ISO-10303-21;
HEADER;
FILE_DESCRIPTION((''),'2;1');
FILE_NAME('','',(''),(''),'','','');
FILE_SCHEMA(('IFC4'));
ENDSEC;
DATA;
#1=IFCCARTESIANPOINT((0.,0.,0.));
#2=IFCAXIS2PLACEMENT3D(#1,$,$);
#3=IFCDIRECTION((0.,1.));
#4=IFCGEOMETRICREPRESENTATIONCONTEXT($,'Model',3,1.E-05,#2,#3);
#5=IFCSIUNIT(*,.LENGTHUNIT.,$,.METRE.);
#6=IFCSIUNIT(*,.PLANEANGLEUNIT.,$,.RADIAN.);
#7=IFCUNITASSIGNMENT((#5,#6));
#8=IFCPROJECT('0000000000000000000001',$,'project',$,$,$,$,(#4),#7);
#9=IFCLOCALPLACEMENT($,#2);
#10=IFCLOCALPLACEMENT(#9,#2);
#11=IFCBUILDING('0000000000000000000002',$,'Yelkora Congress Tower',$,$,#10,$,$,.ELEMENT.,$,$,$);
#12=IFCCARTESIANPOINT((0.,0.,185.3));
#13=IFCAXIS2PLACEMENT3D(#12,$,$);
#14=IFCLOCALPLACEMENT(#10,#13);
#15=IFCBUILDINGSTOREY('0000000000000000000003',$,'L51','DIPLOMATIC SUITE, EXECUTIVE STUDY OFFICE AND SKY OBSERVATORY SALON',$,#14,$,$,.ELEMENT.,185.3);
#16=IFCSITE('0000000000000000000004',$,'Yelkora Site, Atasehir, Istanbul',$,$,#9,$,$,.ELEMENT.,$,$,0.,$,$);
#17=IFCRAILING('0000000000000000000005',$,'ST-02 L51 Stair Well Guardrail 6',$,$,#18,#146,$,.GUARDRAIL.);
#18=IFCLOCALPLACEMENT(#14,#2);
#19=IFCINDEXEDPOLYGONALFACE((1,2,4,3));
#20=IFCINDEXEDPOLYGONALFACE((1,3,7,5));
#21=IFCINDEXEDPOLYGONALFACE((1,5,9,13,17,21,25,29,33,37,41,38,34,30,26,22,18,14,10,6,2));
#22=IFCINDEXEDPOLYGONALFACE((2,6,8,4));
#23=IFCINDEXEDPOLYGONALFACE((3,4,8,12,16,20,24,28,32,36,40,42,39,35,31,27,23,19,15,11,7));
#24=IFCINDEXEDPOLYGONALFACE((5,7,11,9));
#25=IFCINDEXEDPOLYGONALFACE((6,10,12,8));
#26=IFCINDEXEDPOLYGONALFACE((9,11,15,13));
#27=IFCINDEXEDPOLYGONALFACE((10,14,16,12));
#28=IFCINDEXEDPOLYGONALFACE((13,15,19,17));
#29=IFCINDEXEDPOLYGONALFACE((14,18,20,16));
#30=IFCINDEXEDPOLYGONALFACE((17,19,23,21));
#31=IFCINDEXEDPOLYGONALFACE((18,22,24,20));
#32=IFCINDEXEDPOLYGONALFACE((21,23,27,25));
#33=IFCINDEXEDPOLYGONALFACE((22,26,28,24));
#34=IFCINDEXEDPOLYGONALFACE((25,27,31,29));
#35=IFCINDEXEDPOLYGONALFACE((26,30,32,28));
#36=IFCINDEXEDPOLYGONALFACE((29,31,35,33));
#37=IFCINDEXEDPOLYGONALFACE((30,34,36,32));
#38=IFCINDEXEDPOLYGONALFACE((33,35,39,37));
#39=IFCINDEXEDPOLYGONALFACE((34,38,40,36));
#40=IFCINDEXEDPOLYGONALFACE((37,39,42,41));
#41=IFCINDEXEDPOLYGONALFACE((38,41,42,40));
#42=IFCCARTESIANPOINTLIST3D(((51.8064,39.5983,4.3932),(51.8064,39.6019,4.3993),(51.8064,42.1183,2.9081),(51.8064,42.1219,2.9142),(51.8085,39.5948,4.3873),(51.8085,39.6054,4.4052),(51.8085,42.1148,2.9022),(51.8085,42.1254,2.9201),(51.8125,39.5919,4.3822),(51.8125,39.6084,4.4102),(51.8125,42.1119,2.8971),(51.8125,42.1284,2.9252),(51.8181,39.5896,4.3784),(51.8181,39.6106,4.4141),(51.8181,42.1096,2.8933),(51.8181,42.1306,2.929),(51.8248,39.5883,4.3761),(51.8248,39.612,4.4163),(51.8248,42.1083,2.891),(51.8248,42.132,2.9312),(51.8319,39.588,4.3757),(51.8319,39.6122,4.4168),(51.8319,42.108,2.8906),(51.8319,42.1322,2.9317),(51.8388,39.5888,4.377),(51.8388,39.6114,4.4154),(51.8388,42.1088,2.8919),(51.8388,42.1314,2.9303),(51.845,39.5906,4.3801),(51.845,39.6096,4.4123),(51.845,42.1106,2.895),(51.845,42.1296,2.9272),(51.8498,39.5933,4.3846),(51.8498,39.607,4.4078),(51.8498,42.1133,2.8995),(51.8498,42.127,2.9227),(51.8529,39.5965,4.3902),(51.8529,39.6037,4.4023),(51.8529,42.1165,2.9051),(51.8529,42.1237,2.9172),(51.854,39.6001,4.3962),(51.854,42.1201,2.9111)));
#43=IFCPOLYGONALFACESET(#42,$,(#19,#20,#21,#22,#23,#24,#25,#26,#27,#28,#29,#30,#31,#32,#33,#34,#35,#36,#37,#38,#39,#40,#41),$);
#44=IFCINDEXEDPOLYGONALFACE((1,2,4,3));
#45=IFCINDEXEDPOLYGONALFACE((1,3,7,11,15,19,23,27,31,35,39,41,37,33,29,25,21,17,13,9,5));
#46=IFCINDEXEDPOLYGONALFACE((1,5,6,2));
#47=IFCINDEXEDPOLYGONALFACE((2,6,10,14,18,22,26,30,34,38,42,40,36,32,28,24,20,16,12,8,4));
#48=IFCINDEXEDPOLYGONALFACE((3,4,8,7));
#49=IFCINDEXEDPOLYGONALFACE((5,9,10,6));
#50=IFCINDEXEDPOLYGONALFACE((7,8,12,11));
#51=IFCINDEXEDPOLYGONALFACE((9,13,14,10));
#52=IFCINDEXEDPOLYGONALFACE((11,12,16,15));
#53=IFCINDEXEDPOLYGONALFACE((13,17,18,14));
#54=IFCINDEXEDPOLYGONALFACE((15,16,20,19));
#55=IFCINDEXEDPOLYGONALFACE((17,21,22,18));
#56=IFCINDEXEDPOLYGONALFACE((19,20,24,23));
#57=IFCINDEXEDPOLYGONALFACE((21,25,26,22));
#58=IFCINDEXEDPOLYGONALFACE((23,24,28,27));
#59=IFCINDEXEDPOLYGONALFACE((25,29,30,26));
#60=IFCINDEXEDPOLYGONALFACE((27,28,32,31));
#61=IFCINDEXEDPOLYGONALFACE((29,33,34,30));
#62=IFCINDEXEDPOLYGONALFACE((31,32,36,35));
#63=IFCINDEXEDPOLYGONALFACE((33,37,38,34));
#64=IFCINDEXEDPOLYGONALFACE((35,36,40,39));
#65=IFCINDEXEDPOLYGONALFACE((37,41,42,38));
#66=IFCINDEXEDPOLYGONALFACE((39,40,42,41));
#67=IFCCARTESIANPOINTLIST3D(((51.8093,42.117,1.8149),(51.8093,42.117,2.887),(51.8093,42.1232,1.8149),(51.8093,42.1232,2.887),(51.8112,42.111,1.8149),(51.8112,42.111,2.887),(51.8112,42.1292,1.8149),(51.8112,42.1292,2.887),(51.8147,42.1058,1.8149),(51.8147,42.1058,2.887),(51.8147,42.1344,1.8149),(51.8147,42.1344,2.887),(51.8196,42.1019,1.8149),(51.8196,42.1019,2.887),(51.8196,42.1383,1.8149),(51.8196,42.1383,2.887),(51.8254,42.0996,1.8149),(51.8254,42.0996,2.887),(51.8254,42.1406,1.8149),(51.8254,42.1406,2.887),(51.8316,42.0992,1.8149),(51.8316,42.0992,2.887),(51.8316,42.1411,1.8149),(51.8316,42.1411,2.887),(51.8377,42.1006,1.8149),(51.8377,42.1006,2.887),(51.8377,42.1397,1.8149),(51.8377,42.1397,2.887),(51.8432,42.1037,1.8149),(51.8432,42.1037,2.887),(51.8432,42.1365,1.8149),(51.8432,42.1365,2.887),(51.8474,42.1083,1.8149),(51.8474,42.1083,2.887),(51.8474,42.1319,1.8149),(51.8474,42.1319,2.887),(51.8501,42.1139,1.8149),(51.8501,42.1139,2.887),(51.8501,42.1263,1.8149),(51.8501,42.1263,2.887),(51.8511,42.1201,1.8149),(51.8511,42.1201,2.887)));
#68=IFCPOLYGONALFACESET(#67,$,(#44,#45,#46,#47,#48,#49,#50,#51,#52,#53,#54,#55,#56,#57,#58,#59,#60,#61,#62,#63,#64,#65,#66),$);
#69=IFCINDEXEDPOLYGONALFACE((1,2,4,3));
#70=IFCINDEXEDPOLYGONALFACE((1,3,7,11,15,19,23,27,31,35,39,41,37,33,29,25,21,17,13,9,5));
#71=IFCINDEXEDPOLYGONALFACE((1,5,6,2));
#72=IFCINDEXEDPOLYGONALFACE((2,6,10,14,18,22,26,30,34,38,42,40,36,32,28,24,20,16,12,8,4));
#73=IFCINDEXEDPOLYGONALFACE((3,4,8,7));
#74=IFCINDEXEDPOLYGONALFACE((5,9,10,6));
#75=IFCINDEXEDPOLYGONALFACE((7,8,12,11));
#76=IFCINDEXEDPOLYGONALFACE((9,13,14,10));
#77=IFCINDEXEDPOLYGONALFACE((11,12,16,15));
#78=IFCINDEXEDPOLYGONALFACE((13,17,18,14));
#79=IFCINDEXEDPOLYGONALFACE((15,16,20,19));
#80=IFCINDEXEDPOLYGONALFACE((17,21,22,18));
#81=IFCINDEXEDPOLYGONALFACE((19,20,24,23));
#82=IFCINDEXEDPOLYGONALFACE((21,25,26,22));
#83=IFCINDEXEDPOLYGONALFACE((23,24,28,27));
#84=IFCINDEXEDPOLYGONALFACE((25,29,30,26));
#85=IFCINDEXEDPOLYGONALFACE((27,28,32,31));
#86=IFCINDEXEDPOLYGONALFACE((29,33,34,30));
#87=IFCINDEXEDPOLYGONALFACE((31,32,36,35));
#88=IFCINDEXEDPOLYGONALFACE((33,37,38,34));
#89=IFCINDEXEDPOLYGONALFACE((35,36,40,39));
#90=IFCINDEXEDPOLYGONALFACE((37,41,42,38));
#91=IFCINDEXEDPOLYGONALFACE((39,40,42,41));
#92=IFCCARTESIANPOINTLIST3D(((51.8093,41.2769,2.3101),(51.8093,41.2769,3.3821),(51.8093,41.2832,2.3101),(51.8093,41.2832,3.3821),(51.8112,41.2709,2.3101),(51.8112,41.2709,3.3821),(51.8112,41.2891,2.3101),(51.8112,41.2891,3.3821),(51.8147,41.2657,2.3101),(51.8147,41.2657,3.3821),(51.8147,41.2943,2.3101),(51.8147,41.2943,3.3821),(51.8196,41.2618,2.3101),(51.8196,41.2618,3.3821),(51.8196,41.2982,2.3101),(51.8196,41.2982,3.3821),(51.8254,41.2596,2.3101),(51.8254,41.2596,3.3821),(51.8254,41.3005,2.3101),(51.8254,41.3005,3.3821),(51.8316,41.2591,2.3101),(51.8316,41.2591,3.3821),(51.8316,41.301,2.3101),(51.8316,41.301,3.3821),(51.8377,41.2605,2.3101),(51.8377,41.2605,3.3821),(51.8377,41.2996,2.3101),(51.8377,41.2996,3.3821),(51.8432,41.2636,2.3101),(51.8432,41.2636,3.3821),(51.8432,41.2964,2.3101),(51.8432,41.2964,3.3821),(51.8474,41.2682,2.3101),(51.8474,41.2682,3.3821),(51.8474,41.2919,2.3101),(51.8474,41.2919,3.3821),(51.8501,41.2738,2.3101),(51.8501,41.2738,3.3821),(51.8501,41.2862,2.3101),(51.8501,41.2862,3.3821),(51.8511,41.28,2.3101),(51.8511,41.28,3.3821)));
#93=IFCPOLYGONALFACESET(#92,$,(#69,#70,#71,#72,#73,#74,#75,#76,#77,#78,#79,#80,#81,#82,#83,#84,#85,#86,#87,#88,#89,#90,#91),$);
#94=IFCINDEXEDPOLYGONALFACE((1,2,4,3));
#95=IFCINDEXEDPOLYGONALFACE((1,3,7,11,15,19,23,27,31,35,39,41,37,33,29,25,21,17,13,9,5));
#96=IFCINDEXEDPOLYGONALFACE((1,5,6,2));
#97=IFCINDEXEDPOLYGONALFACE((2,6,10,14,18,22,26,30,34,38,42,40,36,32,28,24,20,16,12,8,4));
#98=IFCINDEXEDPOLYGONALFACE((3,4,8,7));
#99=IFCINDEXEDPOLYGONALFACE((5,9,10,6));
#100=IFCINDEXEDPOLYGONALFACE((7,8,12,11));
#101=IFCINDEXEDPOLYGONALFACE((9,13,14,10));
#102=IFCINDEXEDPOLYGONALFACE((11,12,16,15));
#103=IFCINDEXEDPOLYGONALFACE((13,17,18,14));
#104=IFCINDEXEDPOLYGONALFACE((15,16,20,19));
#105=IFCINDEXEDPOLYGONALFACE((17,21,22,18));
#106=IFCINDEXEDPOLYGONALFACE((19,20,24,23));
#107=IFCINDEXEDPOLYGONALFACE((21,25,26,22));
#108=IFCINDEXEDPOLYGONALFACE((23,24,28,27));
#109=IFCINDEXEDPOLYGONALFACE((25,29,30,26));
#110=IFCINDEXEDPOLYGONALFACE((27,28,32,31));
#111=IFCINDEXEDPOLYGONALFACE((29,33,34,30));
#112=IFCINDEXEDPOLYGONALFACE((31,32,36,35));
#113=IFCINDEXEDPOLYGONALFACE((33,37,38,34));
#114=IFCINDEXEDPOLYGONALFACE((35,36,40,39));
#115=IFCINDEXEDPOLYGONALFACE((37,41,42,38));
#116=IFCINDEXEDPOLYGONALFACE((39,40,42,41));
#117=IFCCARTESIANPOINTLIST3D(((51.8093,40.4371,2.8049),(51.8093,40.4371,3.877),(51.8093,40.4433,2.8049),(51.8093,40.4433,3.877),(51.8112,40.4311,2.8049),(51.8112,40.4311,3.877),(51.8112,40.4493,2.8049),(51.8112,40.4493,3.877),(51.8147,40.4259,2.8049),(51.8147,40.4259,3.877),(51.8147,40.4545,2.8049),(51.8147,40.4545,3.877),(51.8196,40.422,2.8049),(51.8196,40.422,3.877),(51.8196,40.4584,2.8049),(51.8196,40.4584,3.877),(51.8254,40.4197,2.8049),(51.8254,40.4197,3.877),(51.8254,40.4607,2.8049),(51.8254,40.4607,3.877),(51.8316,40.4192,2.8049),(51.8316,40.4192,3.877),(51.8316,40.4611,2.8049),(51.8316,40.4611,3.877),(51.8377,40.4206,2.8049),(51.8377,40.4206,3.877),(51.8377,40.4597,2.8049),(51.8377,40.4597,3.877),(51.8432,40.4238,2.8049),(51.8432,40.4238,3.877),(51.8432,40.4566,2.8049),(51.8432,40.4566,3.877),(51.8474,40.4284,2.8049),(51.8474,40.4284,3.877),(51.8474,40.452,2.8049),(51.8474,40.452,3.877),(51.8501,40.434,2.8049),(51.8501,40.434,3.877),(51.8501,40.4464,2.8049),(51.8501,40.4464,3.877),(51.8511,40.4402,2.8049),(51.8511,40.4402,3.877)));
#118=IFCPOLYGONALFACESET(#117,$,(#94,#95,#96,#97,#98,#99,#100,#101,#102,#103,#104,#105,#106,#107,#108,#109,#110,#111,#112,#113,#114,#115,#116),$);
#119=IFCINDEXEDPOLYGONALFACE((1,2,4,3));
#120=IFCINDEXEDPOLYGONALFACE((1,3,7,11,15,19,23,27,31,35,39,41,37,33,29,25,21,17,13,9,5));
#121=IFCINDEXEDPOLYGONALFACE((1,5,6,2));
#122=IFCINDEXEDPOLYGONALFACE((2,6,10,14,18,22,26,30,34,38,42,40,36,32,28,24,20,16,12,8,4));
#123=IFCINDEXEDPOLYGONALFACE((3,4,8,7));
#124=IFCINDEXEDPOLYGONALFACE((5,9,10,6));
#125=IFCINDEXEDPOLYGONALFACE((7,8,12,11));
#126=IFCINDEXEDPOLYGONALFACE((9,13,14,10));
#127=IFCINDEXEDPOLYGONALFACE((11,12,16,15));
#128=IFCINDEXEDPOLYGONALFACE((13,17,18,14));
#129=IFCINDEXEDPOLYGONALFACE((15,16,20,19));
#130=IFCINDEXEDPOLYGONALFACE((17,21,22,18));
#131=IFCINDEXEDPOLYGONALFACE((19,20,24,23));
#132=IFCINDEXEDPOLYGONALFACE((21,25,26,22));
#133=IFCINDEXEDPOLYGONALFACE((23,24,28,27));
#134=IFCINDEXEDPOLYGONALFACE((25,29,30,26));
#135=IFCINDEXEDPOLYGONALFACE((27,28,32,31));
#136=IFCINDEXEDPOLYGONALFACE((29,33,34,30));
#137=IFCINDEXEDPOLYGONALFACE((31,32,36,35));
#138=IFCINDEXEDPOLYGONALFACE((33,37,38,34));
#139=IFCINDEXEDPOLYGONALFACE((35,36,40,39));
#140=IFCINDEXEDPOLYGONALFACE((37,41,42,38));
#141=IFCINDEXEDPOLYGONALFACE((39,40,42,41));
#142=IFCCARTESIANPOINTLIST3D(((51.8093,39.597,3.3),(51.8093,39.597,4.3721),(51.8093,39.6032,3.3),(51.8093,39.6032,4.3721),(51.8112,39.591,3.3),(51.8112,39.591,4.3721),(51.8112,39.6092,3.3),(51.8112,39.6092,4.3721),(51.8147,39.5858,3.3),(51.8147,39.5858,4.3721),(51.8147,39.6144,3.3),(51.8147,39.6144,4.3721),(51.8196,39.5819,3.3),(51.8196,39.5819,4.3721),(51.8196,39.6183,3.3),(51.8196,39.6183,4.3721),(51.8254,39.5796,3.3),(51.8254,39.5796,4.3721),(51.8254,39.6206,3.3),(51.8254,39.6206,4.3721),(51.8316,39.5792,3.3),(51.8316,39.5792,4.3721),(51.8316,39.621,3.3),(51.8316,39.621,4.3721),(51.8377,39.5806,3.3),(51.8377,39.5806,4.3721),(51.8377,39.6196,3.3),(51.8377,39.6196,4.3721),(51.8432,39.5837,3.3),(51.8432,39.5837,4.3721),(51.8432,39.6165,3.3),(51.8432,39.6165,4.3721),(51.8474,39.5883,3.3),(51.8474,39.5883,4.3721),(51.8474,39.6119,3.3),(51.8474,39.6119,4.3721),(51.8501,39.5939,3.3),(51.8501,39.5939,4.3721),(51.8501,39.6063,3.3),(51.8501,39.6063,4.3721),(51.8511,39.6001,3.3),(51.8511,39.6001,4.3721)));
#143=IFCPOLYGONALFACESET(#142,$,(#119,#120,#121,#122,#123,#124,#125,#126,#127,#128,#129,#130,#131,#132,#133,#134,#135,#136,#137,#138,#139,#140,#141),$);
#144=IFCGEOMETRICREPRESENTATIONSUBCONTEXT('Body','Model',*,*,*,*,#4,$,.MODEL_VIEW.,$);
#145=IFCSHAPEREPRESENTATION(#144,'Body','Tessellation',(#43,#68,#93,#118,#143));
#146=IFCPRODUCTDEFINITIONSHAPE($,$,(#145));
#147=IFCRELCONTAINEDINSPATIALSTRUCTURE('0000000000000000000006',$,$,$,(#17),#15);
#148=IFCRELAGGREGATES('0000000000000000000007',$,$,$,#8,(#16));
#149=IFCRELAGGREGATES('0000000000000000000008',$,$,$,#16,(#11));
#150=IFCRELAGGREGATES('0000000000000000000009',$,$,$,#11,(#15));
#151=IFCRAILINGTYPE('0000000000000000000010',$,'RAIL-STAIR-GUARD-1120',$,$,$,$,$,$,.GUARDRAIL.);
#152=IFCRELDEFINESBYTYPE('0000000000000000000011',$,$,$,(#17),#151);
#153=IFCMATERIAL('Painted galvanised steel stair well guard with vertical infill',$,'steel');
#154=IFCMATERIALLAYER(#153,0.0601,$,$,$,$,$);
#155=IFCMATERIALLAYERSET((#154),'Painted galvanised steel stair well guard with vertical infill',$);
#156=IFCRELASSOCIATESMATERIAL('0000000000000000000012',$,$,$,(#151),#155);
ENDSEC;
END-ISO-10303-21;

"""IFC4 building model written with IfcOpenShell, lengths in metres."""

from ifc_helpers import new_model, si_unit, direction, frame, origin, origin_2d, place, context, subcontext, project, spatial, circle, extrude, material, layer, layer_set, type_object, element, save


model = new_model("IFC4")

# Units and contexts
model_context = context("Model", 3, precision=1e-05, world=origin(), true_north=direction((0.0, 1.0)))
body_context = subcontext(model_context, "Body", "Model", "MODEL_VIEW")
ifc_project = project(units=[si_unit("LENGTHUNIT", "METRE"), si_unit("PLANEANGLEUNIT", "RADIAN")], contexts=[model_context])

# Site, building, storey
site_placement = place(None, origin())
site = spatial("IfcSite", under=ifc_project, at=site_placement, Name="Yelkora Site, Atasehir, Istanbul", CompositionType="ELEMENT", RefElevation=0.0)
building_placement = place(site_placement, origin())
building = spatial("IfcBuilding", under=site, at=building_placement, Name="Yelkora Congress Tower", CompositionType="ELEMENT")
storey_placement = place(building_placement, frame((0.0, 0.0, 185.3)))
storey = spatial("IfcBuildingStorey", under=building, at=storey_placement, Name="L51", Description="DIPLOMATIC SUITE, EXECUTIVE STUDY OFFICE AND SKY OBSERVATORY SALON", CompositionType="ELEMENT", Elevation=185.3)

# Railing
ifc_material_1 = material(Name="Painted galvanised steel stair well guard with vertical infill", Category="steel")
ifc_layer_1 = layer(ifc_material_1, 0.0601)
ifc_layer_set_1 = layer_set([ifc_layer_1], Name="Painted galvanised steel stair well guard with vertical infill")
railing_type_1 = type_object("IfcRailingType", Name="RAIL-STAIR-GUARD-1120", PredefinedType="GUARDRAIL", material=ifc_layer_set_1)
railing_1_placement = place(storey_placement, frame((51.8301, 42.1201, 1.8149)))
element("IfcRailing", 1, at=railing_1_placement, inside=storey, type_object=railing_type_1, Name="ST-02 L51 Stair Well Guardrail 6", PredefinedType="GUARDRAIL", context=body_context, shape_type="SweptSolid", body=[
    extrude(circle(Radius=0.0239, at=origin_2d()), frame((0.0, 0.0, 1.0962), z_axis=(0.0, -0.861524, 0.507717), x_axis=(1.0, 0.0, 0.0)), (0.0, 0.0, 1.0), 2.925),
    extrude(circle(Radius=0.021, at=origin_2d()), origin(), (0.0, 0.0, 1.0), 1.072),
    extrude(circle(Radius=0.021, at=origin_2d()), frame((0.0, -0.8401, 0.4951)), (0.0, 0.0, 1.0), 1.072),
    extrude(circle(Radius=0.021, at=origin_2d()), frame((0.0, -1.6799, 0.99)), (0.0, 0.0, 1.0), 1.072),
    extrude(circle(Radius=0.021, at=origin_2d()), frame((0.0, -2.52, 1.4851)), (0.0, 0.0, 1.0), 1.072),
])

save(model, "model.ifc")
